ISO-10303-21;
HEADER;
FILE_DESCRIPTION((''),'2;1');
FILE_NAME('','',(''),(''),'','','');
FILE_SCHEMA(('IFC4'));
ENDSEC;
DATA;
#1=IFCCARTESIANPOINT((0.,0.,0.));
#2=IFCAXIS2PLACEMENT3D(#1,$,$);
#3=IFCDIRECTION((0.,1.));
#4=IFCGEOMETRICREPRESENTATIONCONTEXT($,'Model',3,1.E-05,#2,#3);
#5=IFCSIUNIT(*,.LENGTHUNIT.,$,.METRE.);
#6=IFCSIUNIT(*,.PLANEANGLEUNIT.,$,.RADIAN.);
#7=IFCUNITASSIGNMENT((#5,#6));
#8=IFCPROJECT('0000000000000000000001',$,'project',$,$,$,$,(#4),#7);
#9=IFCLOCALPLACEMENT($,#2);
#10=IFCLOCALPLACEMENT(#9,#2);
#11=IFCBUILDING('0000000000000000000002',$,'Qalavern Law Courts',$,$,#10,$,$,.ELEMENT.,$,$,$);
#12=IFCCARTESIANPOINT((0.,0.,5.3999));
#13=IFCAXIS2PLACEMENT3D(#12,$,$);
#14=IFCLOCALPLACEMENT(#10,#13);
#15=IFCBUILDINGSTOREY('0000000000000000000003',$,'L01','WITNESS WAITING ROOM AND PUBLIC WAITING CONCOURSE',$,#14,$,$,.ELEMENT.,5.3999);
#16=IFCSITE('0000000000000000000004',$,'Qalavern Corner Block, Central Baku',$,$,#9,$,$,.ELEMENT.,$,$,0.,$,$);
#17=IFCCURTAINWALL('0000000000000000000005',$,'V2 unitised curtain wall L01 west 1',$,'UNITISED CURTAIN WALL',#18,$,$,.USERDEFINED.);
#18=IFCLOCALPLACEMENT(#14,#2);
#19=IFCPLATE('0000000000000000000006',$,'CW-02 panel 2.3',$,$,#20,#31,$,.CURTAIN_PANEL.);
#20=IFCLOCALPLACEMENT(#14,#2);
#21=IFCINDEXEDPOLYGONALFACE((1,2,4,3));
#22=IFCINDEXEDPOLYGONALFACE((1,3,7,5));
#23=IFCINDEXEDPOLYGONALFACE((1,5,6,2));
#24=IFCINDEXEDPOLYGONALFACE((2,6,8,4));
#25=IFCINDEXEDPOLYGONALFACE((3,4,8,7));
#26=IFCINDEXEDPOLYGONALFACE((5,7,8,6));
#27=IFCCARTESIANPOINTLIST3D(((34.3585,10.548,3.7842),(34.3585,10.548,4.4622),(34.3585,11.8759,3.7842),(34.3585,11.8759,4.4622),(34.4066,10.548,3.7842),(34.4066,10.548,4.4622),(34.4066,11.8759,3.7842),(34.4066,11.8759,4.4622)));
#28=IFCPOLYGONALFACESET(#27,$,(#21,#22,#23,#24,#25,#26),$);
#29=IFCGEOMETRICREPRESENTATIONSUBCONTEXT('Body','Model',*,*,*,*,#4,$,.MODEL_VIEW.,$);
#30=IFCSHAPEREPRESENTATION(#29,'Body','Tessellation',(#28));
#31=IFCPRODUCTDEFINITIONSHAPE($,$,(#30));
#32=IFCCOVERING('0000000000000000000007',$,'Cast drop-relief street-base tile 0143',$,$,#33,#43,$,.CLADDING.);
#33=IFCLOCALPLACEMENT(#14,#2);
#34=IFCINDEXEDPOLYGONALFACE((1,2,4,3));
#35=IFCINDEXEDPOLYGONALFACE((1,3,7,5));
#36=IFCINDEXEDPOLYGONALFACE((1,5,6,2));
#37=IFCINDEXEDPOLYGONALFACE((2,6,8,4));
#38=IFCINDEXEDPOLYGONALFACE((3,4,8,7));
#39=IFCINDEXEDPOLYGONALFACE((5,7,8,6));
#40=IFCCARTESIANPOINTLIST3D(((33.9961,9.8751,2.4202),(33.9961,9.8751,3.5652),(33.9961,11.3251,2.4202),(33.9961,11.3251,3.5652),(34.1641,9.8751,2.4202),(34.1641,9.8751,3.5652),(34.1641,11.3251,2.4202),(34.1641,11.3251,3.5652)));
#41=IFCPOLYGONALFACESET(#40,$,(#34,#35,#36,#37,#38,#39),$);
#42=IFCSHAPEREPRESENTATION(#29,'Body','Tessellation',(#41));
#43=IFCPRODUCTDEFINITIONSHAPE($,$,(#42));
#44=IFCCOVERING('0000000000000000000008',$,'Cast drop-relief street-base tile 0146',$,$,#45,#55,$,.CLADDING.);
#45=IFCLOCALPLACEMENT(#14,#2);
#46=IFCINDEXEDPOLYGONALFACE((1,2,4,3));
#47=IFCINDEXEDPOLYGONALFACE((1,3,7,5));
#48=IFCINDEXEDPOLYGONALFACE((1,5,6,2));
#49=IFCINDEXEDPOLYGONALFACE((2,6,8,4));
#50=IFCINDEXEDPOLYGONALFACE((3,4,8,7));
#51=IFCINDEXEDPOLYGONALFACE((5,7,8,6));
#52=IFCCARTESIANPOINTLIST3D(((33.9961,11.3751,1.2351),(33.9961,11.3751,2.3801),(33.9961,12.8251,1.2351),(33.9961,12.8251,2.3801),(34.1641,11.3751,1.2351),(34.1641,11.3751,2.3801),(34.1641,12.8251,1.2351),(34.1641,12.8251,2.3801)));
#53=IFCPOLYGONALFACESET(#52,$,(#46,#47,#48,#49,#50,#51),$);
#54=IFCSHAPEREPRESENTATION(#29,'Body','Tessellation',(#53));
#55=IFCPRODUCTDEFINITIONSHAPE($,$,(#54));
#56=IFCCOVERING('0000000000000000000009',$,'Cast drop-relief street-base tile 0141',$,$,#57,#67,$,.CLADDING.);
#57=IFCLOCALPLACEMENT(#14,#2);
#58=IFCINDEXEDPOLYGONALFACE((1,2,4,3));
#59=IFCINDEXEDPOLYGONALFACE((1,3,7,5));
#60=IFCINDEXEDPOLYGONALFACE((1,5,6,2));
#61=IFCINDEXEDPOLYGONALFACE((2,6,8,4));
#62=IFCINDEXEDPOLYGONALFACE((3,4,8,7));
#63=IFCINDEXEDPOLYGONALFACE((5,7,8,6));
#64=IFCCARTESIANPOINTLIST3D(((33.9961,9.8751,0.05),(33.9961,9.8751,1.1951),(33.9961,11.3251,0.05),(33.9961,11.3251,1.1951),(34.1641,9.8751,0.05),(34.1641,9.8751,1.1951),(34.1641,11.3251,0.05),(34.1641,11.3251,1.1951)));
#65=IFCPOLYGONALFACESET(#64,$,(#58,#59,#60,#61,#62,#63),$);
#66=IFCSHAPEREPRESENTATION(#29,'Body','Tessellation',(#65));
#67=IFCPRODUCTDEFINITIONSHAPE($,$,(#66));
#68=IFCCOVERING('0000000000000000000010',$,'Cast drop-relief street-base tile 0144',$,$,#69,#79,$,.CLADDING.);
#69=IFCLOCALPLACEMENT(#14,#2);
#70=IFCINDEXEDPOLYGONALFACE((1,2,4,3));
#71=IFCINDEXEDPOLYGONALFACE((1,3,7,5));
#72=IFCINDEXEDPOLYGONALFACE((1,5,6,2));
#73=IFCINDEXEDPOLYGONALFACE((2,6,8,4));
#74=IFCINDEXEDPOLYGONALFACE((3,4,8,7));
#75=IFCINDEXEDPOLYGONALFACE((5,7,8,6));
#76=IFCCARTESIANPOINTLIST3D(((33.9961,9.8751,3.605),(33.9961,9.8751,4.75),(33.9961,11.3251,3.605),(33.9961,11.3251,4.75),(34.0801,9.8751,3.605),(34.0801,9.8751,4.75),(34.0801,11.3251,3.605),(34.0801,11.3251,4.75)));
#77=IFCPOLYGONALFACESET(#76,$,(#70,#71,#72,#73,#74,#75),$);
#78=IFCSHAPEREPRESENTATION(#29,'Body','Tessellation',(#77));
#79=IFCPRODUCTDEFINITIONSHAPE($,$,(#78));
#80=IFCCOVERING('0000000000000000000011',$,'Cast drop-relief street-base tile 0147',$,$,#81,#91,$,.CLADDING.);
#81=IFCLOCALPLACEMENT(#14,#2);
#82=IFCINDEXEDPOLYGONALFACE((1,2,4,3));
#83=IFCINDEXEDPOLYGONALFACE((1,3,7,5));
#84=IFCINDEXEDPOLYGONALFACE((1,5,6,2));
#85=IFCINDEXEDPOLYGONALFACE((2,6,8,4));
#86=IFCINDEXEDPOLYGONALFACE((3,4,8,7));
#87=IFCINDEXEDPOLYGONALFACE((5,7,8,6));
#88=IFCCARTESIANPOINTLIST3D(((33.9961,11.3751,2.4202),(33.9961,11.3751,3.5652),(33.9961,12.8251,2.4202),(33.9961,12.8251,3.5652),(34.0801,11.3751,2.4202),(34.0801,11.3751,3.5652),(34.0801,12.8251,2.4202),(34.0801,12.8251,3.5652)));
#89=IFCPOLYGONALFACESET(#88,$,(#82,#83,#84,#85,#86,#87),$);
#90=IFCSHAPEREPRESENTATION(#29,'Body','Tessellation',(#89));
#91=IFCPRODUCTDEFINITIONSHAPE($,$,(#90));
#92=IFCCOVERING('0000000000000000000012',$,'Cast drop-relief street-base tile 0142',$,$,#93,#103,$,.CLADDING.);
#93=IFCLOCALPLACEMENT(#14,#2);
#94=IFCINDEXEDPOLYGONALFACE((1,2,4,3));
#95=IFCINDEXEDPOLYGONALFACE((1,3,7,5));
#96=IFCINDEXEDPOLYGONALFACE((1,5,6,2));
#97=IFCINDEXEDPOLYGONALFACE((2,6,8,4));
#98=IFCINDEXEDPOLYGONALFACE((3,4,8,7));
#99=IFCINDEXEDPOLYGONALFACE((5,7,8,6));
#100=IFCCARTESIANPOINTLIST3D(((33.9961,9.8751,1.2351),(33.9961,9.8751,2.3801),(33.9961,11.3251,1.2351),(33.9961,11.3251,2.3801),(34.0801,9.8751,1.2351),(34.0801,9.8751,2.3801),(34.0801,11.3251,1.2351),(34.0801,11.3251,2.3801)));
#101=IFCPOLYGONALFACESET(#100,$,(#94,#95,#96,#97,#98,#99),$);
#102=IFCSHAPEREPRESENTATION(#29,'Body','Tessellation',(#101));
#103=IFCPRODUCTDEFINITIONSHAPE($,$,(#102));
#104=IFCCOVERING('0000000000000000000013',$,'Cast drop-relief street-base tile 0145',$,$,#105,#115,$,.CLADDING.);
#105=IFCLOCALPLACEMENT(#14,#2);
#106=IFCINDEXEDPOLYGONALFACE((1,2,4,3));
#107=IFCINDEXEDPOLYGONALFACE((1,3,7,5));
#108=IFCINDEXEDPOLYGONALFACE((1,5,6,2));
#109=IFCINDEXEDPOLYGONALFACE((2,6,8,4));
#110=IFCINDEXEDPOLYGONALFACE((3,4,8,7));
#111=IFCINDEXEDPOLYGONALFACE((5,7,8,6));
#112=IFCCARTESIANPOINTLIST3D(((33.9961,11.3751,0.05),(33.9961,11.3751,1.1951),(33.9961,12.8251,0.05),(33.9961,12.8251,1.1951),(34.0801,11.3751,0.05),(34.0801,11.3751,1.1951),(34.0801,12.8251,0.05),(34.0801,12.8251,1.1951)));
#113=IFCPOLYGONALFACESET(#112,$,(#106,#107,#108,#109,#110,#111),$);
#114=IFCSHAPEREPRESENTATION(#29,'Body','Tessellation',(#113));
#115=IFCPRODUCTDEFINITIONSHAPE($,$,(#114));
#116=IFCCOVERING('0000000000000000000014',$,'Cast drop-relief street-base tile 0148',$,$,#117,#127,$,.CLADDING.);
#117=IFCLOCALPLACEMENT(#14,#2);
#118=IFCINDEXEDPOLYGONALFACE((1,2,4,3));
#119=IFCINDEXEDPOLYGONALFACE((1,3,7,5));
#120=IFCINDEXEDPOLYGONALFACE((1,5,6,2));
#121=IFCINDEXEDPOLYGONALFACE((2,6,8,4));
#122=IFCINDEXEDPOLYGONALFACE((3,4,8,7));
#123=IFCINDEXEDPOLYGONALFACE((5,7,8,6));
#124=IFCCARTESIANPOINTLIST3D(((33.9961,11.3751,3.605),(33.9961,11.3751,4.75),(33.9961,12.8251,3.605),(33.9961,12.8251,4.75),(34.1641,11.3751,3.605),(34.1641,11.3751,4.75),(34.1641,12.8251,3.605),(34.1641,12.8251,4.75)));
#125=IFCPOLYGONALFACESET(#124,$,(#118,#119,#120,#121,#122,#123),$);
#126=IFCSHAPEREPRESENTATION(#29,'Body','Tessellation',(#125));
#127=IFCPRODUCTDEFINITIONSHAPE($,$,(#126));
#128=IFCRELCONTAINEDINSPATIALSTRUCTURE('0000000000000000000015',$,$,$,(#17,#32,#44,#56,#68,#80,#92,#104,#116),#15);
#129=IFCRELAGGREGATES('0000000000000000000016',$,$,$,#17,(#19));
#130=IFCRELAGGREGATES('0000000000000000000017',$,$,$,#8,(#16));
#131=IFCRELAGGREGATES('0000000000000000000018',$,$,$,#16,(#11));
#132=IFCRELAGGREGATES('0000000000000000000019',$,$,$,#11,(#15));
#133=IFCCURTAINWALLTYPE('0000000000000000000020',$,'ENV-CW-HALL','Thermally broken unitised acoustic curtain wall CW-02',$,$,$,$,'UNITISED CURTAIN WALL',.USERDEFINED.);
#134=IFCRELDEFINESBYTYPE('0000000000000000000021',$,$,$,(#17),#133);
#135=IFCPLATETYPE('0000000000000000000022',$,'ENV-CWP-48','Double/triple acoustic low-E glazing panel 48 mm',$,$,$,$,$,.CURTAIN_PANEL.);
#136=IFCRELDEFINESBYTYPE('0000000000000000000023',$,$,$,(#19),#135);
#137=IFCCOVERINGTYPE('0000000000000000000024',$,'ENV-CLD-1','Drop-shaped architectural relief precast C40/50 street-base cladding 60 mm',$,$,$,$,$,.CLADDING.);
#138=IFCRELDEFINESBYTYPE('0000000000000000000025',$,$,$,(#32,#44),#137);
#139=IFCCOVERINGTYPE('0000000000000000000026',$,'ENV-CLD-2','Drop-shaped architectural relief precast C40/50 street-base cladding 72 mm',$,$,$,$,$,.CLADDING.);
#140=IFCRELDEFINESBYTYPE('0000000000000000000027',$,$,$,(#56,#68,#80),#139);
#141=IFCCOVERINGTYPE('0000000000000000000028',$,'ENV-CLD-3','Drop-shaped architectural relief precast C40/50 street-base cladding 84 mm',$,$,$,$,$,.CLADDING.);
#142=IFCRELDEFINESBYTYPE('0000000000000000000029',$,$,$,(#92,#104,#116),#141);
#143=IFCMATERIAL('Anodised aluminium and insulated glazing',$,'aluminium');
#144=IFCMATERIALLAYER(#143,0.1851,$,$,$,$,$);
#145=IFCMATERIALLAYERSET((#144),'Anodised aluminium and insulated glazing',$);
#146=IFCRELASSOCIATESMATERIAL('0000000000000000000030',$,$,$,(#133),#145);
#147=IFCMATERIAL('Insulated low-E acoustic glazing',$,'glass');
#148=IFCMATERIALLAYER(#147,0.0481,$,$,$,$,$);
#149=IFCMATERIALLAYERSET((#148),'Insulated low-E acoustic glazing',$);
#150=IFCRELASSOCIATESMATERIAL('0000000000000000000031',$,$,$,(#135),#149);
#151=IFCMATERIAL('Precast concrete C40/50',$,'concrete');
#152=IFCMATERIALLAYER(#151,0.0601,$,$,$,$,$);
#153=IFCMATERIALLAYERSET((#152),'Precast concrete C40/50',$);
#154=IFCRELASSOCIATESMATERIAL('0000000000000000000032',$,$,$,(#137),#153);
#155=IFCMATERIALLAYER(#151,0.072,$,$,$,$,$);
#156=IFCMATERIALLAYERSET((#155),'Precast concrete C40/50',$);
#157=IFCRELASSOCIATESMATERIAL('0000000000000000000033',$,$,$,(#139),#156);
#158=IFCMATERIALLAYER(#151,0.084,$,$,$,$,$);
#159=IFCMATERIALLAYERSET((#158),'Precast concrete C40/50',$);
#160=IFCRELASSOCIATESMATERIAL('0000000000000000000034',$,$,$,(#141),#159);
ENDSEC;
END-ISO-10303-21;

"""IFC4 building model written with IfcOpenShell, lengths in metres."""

from ifc_helpers import new_model, si_unit, direction, frame, origin, origin_2d, place, context, subcontext, project, spatial, rectangle, extrude, material, layer, layer_set, type_object, element, aggregate, save


model = new_model("IFC4")

# Units and contexts
model_context = context("Model", 3, precision=1e-05, world=origin(), true_north=direction((0.0, 1.0)))
body_context = subcontext(model_context, "Body", "Model", "MODEL_VIEW")
ifc_project = project(units=[si_unit("LENGTHUNIT", "METRE"), si_unit("PLANEANGLEUNIT", "RADIAN")], contexts=[model_context])

# Site, building, storey
site_placement = place(None, origin())
site = spatial("IfcSite", under=ifc_project, at=site_placement, Name="Qalavern Corner Block, Central Baku", CompositionType="ELEMENT", RefElevation=0.0)
building_placement = place(site_placement, origin())
building = spatial("IfcBuilding", under=site, at=building_placement, Name="Qalavern Law Courts", CompositionType="ELEMENT")
storey_placement = place(building_placement, frame((0.0, 0.0, 5.3999)))
storey = spatial("IfcBuildingStorey", under=building, at=storey_placement, Name="L01", Description="WITNESS WAITING ROOM AND PUBLIC WAITING CONCOURSE", CompositionType="ELEMENT", Elevation=5.3999)

# Curtain wall, plate
ifc_material_1 = material(Name="Anodised aluminium and insulated glazing", Category="aluminium")
ifc_layer_1 = layer(ifc_material_1, 0.1851)
ifc_layer_set_1 = layer_set([ifc_layer_1], Name="Anodised aluminium and insulated glazing")
curtain_wall_type = type_object("IfcCurtainWallType", Name="ENV-CW-HALL", Description="Thermally broken unitised acoustic curtain wall CW-02", ElementType="UNITISED CURTAIN WALL", PredefinedType="USERDEFINED", material=ifc_layer_set_1)
curtain_wall_placement = place(storey_placement, origin())
curtain_wall = element("IfcCurtainWall", 1, at=curtain_wall_placement, inside=storey, type_object=curtain_wall_type, Name="V2 unitised curtain wall L01 west 1", ObjectType="UNITISED CURTAIN WALL", PredefinedType="USERDEFINED")
ifc_material_2 = material(Name="Insulated low-E acoustic glazing", Category="glass")
ifc_layer_2 = layer(ifc_material_2, 0.0481)
ifc_layer_set_2 = layer_set([ifc_layer_2], Name="Insulated low-E acoustic glazing")
plate_type = type_object("IfcPlateType", Name="ENV-CWP-48", Description="Double/triple acoustic low-E glazing panel 48 mm", PredefinedType="CURTAIN_PANEL", material=ifc_layer_set_2)
plate_1_placement = place(storey_placement, frame((34.3826, 11.2119, 3.7842), z_axis=(0.0, 0.0, 1.0), x_axis=(0.0, -1.0, 0.0)))
plate_1 = element("IfcPlate", 2, at=plate_1_placement, type_object=plate_type, Name="CW-02 panel 2.3", PredefinedType="CURTAIN_PANEL", context=body_context, shape_type="SweptSolid", body=[
    extrude(rectangle(XDim=1.3279, YDim=0.0481, at=origin_2d()), origin(), (0.0, 0.0, 1.0), 0.678),
])
aggregate(curtain_wall, [plate_1])

# Coverings
ifc_material_3 = material(Name="Precast concrete C40/50", Category="concrete")
ifc_layer_3 = layer(ifc_material_3, 0.0601)
ifc_layer_set_3 = layer_set([ifc_layer_3], Name="Precast concrete C40/50")
covering_type_1 = type_object("IfcCoveringType", Name="ENV-CLD-1", Description="Drop-shaped architectural relief precast C40/50 street-base cladding 60 mm", PredefinedType="CLADDING", material=ifc_layer_set_3)
for number, where, z_axis, x_axis, name in (
    (3, (34.0801, 10.6001, 2.4202), (0.0, 0.0, 1.0), (0.0, 1.0, 0.0), "Cast drop-relief street-base tile 0143"),
    (4, (34.0801, 12.1001, 1.2351), (0.0, 0.0, 1.0), (0.0, 1.0, 0.0), "Cast drop-relief street-base tile 0146"),
):
    element("IfcCovering", number, at=place(storey_placement, frame(where, z_axis=z_axis, x_axis=x_axis)), inside=storey, type_object=covering_type_1, Name=name, PredefinedType="CLADDING", context=body_context, shape_type="SweptSolid", body=[
        extrude(rectangle(XDim=1.45, YDim=0.168, at=origin_2d()), origin(), (0.0, 0.0, 1.0), 1.145),
    ])
ifc_layer_4 = layer(ifc_material_3, 0.072)
ifc_layer_set_4 = layer_set([ifc_layer_4], Name="Precast concrete C40/50")
covering_type_2 = type_object("IfcCoveringType", Name="ENV-CLD-2", Description="Drop-shaped architectural relief precast C40/50 street-base cladding 72 mm", PredefinedType="CLADDING", material=ifc_layer_set_4)
covering_1_placement = place(storey_placement, frame((34.0801, 10.6001, 0.05), z_axis=(0.0, 0.0, 1.0), x_axis=(0.0, 1.0, 0.0)))
element("IfcCovering", 5, at=covering_1_placement, inside=storey, type_object=covering_type_2, Name="Cast drop-relief street-base tile 0141", PredefinedType="CLADDING", context=body_context, shape_type="SweptSolid", body=[
    extrude(rectangle(XDim=1.45, YDim=0.168, at=origin_2d()), origin(), (0.0, 0.0, 1.0), 1.145),
])
for number, where, z_axis, x_axis, name in (
    (6, (34.0381, 10.6001, 3.605), (0.0, 0.0, 1.0), (0.0, 1.0, 0.0), "Cast drop-relief street-base tile 0144"),
    (7, (34.0381, 12.1001, 2.4202), (0.0, 0.0, 1.0), (0.0, 1.0, 0.0), "Cast drop-relief street-base tile 0147"),
):
    element("IfcCovering", number, at=place(storey_placement, frame(where, z_axis=z_axis, x_axis=x_axis)), inside=storey, type_object=covering_type_2, Name=name, PredefinedType="CLADDING", context=body_context, shape_type="SweptSolid", body=[
        extrude(rectangle(XDim=1.45, YDim=0.084, at=origin_2d()), origin(), (0.0, 0.0, 1.0), 1.145),
    ])
ifc_layer_5 = layer(ifc_material_3, 0.084)
ifc_layer_set_5 = layer_set([ifc_layer_5], Name="Precast concrete C40/50")
covering_type_3 = type_object("IfcCoveringType", Name="ENV-CLD-3", Description="Drop-shaped architectural relief precast C40/50 street-base cladding 84 mm", PredefinedType="CLADDING", material=ifc_layer_set_5)
for number, where, z_axis, x_axis, name in (
    (8, (34.0381, 10.6001, 1.2351), (0.0, 0.0, 1.0), (0.0, 1.0, 0.0), "Cast drop-relief street-base tile 0142"),
    (9, (34.0381, 12.1001, 0.05), (0.0, 0.0, 1.0), (0.0, 1.0, 0.0), "Cast drop-relief street-base tile 0145"),
):
    element("IfcCovering", number, at=place(storey_placement, frame(where, z_axis=z_axis, x_axis=x_axis)), inside=storey, type_object=covering_type_3, Name=name, PredefinedType="CLADDING", context=body_context, shape_type="SweptSolid", body=[
        extrude(rectangle(XDim=1.45, YDim=0.084, at=origin_2d()), origin(), (0.0, 0.0, 1.0), 1.145),
    ])
covering_2_placement = place(storey_placement, frame((34.0801, 12.1001, 3.605), z_axis=(0.0, 0.0, 1.0), x_axis=(0.0, 1.0, 0.0)))
element("IfcCovering", 10, at=covering_2_placement, inside=storey, type_object=covering_type_3, Name="Cast drop-relief street-base tile 0148", PredefinedType="CLADDING", context=body_context, shape_type="SweptSolid", body=[
    extrude(rectangle(XDim=1.45, YDim=0.168, at=origin_2d()), origin(), (0.0, 0.0, 1.0), 1.145),
])

save(model, "model.ifc")
